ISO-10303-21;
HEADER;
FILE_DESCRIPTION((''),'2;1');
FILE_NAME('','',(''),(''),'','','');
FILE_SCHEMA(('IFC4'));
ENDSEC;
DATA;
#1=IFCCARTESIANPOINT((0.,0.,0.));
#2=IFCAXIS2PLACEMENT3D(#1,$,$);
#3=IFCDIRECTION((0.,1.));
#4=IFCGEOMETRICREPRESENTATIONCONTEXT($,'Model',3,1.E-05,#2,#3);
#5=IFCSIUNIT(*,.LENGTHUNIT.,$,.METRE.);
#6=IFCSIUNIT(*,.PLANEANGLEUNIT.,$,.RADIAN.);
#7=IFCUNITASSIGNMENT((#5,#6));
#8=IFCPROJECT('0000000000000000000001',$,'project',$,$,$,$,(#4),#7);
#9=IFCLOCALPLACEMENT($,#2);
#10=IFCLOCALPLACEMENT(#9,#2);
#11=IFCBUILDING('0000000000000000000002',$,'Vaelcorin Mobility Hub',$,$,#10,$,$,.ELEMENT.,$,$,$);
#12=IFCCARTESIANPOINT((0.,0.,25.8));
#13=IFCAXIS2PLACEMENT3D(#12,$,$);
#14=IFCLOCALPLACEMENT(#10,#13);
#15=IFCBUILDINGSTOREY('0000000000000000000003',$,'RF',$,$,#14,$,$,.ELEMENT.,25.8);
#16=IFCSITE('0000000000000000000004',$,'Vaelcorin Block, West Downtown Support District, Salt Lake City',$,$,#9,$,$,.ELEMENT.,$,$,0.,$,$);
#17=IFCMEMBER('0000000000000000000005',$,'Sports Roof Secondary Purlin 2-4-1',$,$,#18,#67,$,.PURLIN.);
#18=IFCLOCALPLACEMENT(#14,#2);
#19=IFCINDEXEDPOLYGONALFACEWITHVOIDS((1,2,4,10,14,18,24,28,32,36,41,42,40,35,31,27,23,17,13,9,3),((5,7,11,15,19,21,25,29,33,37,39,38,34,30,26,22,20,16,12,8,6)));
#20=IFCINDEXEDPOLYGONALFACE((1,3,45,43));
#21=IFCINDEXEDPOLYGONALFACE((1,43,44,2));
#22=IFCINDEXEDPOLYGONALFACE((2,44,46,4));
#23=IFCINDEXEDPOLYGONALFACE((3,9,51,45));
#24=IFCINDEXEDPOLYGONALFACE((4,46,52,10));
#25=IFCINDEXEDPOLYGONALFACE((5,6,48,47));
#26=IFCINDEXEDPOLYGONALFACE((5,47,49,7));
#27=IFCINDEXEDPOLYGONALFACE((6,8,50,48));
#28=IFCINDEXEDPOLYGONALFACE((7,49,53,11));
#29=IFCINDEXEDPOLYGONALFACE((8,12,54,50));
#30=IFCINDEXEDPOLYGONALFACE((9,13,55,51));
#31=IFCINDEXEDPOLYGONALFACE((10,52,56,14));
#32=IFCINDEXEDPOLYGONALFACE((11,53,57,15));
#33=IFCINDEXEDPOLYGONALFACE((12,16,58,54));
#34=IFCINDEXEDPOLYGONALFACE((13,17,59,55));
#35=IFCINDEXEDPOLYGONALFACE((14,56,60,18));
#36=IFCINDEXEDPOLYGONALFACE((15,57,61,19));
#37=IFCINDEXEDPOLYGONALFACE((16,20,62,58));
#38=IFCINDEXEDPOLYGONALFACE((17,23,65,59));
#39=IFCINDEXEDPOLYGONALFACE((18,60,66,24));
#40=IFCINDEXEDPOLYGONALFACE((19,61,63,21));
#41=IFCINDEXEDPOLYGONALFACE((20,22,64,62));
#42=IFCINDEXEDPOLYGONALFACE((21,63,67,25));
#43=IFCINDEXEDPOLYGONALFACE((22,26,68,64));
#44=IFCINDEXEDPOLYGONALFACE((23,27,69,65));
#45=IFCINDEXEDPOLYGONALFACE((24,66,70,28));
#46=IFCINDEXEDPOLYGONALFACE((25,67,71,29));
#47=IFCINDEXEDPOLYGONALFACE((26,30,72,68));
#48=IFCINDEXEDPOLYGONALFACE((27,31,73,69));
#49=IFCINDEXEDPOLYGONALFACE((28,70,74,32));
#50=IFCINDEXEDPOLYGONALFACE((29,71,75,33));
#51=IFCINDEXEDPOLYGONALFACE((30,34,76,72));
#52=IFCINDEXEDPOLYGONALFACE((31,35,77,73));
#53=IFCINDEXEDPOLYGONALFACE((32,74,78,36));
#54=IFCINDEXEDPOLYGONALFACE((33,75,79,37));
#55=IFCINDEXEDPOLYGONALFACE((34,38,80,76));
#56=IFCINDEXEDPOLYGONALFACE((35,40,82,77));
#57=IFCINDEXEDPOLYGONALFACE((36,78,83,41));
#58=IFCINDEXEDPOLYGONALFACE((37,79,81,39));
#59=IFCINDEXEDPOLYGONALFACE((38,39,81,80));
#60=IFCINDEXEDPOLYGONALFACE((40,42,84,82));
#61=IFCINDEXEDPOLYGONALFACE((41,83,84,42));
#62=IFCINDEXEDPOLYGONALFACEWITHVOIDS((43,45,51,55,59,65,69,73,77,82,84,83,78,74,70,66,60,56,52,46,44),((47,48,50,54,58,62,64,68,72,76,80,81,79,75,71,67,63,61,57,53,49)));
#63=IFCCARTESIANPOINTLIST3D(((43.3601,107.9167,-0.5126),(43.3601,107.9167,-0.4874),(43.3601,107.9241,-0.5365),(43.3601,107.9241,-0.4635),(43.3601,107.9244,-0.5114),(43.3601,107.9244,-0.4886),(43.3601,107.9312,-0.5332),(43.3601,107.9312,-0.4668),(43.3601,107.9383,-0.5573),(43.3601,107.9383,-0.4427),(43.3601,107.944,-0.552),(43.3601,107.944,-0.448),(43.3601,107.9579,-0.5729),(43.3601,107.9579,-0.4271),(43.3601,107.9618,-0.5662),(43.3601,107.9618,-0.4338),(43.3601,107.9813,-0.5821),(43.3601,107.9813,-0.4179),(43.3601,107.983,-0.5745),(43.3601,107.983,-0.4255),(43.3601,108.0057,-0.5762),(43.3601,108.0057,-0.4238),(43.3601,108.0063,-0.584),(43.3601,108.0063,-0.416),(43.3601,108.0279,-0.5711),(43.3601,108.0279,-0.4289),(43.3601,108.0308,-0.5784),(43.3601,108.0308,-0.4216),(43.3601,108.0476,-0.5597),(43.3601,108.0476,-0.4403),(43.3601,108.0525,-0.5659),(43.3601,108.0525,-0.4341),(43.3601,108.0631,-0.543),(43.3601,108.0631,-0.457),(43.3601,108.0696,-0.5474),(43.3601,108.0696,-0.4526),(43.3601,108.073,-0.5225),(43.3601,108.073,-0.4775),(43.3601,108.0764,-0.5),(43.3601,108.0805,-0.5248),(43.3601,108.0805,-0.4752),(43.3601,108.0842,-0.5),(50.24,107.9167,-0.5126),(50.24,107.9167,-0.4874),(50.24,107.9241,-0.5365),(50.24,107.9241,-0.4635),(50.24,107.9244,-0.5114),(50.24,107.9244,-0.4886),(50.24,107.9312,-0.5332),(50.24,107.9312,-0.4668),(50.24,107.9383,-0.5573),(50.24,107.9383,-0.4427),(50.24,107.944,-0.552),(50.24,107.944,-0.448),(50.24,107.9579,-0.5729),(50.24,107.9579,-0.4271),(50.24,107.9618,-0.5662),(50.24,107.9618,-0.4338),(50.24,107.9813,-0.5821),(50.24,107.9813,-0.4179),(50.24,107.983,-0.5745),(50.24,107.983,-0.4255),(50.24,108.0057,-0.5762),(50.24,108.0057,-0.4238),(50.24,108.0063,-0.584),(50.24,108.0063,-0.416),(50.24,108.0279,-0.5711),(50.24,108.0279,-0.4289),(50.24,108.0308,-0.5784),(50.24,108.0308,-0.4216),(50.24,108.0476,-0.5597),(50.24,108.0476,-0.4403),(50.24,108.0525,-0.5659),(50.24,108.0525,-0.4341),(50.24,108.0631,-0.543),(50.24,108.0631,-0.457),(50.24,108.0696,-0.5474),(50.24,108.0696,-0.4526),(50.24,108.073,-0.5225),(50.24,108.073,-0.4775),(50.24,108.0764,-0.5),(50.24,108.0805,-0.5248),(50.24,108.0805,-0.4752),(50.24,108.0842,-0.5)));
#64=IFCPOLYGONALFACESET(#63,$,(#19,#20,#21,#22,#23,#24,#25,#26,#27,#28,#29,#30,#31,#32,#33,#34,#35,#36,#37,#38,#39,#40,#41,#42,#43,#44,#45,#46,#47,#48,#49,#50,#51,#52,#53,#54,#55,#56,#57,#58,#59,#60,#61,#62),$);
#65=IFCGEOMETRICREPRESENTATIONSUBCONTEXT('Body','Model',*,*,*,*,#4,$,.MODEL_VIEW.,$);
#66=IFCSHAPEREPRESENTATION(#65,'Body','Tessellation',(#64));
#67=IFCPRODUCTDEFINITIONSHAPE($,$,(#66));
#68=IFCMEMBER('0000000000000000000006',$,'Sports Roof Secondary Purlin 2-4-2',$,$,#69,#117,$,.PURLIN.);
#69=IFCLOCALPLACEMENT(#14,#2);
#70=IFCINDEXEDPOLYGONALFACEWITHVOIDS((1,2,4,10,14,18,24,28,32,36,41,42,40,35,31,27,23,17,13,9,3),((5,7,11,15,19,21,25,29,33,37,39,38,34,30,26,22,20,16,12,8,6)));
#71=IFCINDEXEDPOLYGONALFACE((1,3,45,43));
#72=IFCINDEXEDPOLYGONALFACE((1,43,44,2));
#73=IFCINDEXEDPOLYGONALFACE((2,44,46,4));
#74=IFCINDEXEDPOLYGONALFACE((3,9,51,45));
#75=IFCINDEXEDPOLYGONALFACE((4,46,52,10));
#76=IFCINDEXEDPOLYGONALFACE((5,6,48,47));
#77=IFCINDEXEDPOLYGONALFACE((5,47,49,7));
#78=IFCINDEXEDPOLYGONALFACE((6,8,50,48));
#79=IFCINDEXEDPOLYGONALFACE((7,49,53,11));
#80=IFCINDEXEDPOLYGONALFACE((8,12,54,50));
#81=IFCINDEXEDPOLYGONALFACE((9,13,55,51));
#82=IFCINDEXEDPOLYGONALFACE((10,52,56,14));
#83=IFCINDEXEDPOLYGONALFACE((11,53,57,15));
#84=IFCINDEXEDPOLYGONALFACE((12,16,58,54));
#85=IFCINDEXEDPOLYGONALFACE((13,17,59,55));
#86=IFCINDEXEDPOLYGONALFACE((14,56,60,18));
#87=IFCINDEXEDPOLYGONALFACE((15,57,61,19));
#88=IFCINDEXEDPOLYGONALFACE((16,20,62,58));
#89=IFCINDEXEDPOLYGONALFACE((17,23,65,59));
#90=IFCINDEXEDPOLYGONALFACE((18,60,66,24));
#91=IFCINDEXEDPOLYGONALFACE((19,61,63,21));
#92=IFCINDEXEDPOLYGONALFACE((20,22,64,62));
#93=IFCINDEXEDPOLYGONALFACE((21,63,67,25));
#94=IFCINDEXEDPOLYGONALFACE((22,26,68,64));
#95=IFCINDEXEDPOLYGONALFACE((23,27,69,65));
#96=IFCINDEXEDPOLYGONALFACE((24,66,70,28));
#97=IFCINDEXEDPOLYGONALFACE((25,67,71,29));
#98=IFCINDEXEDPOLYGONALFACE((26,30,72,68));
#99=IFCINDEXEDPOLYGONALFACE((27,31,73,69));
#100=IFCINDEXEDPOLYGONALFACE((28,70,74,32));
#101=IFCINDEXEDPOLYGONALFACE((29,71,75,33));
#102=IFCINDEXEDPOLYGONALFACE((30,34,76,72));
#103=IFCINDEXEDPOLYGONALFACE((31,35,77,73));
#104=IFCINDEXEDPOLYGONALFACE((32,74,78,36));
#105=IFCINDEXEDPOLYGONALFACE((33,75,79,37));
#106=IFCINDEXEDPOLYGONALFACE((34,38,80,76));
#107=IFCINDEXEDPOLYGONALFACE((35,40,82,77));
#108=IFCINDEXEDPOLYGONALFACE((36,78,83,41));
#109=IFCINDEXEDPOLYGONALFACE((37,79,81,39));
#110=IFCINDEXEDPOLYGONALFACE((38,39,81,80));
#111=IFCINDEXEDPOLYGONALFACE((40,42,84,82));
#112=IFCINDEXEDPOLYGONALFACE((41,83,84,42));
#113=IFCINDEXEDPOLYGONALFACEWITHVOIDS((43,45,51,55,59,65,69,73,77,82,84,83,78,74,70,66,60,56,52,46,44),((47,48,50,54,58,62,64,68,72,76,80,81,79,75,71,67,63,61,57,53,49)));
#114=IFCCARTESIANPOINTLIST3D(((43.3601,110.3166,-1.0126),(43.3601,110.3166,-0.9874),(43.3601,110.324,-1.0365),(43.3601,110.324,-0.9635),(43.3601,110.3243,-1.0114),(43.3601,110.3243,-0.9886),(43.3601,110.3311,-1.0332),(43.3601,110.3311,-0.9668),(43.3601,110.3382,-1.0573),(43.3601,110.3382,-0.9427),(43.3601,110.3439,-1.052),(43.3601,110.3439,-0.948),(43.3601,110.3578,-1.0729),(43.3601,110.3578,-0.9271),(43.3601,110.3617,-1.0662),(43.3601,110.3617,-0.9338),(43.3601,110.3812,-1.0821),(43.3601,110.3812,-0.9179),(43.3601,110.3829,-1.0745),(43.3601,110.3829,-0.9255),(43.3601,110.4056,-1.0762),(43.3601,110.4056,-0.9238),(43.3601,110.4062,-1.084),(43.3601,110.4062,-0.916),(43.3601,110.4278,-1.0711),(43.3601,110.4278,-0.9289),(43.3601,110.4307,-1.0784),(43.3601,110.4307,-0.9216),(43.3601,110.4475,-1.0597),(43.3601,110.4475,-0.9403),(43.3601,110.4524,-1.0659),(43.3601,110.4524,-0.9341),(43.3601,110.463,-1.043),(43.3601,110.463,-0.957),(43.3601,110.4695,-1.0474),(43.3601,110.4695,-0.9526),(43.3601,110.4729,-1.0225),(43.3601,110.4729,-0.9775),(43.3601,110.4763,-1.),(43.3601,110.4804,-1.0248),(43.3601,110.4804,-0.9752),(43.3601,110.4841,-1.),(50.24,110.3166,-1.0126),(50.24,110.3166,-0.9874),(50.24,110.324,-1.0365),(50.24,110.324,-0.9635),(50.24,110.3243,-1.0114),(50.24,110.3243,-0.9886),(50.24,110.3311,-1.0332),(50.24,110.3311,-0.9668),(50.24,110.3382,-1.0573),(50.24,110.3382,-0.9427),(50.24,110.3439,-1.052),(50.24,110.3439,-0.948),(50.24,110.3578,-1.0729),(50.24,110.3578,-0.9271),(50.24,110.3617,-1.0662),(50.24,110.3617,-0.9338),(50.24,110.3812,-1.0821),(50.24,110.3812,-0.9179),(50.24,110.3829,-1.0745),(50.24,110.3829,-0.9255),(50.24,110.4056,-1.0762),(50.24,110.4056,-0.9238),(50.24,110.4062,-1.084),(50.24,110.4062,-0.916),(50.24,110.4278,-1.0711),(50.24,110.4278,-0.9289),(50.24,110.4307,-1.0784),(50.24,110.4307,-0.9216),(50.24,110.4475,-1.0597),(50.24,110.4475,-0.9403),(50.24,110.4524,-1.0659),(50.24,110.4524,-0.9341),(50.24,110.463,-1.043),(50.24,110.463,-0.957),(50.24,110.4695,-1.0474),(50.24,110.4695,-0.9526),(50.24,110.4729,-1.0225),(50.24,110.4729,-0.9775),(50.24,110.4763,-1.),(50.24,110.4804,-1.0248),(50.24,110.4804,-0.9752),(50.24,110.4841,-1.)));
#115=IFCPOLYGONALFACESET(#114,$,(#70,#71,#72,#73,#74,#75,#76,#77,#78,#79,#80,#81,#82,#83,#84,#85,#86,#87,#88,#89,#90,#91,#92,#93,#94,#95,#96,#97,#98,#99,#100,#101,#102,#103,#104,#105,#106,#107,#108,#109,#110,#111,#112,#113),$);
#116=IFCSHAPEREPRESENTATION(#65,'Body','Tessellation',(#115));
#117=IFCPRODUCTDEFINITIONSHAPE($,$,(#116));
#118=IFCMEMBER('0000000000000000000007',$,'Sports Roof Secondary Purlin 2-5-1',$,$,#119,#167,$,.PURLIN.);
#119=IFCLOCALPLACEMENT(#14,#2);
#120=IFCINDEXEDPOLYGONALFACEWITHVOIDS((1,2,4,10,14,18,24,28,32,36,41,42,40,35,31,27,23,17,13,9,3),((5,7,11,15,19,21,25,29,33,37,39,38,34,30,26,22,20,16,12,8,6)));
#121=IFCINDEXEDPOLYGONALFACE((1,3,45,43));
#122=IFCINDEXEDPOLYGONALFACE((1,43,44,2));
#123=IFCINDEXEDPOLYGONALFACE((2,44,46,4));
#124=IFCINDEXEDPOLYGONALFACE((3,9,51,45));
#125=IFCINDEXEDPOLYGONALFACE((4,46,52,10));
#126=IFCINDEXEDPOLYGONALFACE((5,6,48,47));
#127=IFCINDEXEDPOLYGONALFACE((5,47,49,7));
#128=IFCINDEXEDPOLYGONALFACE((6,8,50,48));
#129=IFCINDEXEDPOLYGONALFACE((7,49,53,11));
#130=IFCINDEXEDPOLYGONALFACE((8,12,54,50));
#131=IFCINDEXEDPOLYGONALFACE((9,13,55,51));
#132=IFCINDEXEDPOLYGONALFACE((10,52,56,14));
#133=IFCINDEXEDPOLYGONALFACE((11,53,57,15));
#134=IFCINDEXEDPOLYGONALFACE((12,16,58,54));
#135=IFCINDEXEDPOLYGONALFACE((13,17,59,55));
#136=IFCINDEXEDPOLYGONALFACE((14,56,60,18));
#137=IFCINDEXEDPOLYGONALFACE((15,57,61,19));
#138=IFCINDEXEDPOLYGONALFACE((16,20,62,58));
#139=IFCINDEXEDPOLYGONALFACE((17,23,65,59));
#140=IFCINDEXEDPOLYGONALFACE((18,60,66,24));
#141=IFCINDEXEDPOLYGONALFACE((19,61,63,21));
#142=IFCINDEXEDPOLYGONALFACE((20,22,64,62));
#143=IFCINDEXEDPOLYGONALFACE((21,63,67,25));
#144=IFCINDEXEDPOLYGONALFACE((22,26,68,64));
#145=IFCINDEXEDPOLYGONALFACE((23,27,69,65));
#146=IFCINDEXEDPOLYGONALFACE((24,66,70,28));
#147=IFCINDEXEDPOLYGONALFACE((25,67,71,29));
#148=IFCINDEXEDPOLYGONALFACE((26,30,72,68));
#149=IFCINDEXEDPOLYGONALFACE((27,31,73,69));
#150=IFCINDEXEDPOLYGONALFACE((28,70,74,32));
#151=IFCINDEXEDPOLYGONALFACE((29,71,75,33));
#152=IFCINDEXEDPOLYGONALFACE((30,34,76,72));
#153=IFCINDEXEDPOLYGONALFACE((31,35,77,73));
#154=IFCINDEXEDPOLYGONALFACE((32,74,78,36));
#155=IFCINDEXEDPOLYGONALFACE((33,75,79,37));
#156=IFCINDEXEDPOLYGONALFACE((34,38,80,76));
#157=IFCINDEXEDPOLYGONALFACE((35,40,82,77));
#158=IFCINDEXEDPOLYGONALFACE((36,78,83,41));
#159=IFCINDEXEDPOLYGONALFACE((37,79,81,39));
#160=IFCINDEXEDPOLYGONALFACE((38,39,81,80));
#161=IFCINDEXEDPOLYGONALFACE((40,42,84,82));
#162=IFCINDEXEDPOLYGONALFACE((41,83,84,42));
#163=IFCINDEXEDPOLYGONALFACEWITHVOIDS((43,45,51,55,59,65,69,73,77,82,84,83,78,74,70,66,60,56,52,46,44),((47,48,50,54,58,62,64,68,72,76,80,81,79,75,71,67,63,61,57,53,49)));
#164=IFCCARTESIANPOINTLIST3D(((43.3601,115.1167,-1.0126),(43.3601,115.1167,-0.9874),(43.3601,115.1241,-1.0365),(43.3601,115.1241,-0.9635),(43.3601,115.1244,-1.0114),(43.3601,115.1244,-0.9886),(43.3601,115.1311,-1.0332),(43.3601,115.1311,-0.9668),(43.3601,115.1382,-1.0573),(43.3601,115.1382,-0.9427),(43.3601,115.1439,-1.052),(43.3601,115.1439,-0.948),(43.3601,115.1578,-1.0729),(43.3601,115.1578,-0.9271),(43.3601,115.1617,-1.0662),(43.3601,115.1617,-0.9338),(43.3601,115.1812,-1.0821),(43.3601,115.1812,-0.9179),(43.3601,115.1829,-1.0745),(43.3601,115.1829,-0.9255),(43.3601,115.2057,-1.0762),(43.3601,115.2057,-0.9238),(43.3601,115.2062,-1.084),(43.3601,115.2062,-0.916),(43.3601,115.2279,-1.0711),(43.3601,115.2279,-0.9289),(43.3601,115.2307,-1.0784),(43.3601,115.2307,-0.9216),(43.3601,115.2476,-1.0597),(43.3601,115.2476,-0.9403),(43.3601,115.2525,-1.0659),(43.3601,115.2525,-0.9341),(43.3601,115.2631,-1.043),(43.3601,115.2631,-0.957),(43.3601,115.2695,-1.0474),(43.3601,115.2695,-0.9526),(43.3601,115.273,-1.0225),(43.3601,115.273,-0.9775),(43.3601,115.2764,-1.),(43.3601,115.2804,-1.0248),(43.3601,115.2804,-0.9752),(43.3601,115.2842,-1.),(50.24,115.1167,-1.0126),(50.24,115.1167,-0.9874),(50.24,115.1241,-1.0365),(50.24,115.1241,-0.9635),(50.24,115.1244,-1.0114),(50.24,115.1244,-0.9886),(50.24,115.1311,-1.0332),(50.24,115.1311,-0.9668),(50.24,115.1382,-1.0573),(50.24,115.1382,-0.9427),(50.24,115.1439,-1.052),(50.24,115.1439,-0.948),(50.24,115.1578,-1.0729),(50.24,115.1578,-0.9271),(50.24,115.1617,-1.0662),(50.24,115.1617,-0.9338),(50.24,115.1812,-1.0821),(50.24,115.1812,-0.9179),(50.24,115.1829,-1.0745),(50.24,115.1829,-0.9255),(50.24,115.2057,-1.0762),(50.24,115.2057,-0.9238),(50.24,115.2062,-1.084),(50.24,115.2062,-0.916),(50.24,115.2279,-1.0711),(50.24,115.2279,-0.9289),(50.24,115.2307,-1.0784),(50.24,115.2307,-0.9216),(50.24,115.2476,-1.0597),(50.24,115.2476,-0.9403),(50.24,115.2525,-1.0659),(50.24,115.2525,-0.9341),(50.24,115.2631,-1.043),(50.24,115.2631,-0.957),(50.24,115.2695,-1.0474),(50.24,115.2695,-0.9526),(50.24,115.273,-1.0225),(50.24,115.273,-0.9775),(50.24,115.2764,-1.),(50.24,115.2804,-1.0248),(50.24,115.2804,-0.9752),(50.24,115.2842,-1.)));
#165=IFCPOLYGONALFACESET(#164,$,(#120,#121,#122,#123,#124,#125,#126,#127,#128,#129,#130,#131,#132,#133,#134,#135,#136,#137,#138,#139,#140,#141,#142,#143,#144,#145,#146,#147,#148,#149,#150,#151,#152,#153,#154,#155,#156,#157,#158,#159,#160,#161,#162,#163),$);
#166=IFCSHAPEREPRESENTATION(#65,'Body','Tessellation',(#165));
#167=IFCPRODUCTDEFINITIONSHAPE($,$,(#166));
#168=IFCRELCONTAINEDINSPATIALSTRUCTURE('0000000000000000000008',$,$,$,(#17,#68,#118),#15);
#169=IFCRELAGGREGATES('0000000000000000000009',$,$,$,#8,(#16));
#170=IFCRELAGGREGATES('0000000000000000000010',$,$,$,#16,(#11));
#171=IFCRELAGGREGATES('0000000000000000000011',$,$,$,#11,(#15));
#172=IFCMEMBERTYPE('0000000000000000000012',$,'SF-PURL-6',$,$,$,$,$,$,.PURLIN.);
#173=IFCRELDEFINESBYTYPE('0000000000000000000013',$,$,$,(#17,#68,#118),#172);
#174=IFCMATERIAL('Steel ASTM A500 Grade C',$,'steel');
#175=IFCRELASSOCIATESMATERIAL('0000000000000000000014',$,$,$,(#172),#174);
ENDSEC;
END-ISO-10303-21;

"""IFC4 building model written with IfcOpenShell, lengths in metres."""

from ifc_helpers import new_model, si_unit, direction, frame, origin, origin_2d, place, context, subcontext, project, spatial, hollow_circle, extrude, material, material_profile, profile_set, type_object, element, save


model = new_model("IFC4")

# Units and contexts
model_context = context("Model", 3, precision=1e-05, world=origin(), true_north=direction((0.0, 1.0)))
body_context = subcontext(model_context, "Body", "Model", "MODEL_VIEW")
ifc_project = project(units=[si_unit("LENGTHUNIT", "METRE"), si_unit("PLANEANGLEUNIT", "RADIAN")], contexts=[model_context])

# Site, building, storey
site_placement = place(None, origin())
site = spatial("IfcSite", under=ifc_project, at=site_placement, Name="Vaelcorin Block, West Downtown Support District, Salt Lake City", CompositionType="ELEMENT", RefElevation=0.0)
building_placement = place(site_placement, origin())
building = spatial("IfcBuilding", under=site, at=building_placement, Name="Vaelcorin Mobility Hub", CompositionType="ELEMENT")
storey_placement = place(building_placement, frame((0.0, 0.0, 25.8)))
storey = spatial("IfcBuildingStorey", under=building, at=storey_placement, Name="RF", CompositionType="ELEMENT", Elevation=25.8)

# Members
ifc_material_1 = material(Name="Steel ASTM A500 Grade C", Category="steel")
ifc_material_profile_1 = material_profile(ifc_material_1, hollow_circle(Radius=0.0842, WallThickness=0.0078, at=origin_2d()), Name="HSS6.625X0.312")
ifc_profile_set_1 = profile_set([ifc_material_profile_1], Name="Steel ASTM A500 Grade C")
member_type_1 = type_object("IfcMemberType", Name="SF-PURL-6", PredefinedType="PURLIN", material=ifc_profile_set_1)
for number, where, z_axis, x_axis, name in (
    (1, (43.3601, 108.0, -0.5), (1.0, 0.0, 0.0), (0.0, 1.0, 0.0), "Sports Roof Secondary Purlin 2-4-1"),
    (2, (43.3601, 110.3999, -1.0), (1.0, 0.0, 0.0), (0.0, 1.0, 0.0), "Sports Roof Secondary Purlin 2-4-2"),
    (3, (43.3601, 115.2, -1.0), (1.0, 0.0, 0.0), (0.0, 1.0, 0.0), "Sports Roof Secondary Purlin 2-5-1"),
):
    element("IfcMember", number, at=place(storey_placement, frame(where, z_axis=z_axis, x_axis=x_axis)), inside=storey, type_object=member_type_1, Name=name, PredefinedType="PURLIN", context=body_context, shape_type="SweptSolid", body=[
        extrude(hollow_circle(Radius=0.0842, WallThickness=0.0078, at=origin_2d()), origin(), (0.0, 0.0, 1.0), 6.8799),
    ])

save(model, "model.ifc")
